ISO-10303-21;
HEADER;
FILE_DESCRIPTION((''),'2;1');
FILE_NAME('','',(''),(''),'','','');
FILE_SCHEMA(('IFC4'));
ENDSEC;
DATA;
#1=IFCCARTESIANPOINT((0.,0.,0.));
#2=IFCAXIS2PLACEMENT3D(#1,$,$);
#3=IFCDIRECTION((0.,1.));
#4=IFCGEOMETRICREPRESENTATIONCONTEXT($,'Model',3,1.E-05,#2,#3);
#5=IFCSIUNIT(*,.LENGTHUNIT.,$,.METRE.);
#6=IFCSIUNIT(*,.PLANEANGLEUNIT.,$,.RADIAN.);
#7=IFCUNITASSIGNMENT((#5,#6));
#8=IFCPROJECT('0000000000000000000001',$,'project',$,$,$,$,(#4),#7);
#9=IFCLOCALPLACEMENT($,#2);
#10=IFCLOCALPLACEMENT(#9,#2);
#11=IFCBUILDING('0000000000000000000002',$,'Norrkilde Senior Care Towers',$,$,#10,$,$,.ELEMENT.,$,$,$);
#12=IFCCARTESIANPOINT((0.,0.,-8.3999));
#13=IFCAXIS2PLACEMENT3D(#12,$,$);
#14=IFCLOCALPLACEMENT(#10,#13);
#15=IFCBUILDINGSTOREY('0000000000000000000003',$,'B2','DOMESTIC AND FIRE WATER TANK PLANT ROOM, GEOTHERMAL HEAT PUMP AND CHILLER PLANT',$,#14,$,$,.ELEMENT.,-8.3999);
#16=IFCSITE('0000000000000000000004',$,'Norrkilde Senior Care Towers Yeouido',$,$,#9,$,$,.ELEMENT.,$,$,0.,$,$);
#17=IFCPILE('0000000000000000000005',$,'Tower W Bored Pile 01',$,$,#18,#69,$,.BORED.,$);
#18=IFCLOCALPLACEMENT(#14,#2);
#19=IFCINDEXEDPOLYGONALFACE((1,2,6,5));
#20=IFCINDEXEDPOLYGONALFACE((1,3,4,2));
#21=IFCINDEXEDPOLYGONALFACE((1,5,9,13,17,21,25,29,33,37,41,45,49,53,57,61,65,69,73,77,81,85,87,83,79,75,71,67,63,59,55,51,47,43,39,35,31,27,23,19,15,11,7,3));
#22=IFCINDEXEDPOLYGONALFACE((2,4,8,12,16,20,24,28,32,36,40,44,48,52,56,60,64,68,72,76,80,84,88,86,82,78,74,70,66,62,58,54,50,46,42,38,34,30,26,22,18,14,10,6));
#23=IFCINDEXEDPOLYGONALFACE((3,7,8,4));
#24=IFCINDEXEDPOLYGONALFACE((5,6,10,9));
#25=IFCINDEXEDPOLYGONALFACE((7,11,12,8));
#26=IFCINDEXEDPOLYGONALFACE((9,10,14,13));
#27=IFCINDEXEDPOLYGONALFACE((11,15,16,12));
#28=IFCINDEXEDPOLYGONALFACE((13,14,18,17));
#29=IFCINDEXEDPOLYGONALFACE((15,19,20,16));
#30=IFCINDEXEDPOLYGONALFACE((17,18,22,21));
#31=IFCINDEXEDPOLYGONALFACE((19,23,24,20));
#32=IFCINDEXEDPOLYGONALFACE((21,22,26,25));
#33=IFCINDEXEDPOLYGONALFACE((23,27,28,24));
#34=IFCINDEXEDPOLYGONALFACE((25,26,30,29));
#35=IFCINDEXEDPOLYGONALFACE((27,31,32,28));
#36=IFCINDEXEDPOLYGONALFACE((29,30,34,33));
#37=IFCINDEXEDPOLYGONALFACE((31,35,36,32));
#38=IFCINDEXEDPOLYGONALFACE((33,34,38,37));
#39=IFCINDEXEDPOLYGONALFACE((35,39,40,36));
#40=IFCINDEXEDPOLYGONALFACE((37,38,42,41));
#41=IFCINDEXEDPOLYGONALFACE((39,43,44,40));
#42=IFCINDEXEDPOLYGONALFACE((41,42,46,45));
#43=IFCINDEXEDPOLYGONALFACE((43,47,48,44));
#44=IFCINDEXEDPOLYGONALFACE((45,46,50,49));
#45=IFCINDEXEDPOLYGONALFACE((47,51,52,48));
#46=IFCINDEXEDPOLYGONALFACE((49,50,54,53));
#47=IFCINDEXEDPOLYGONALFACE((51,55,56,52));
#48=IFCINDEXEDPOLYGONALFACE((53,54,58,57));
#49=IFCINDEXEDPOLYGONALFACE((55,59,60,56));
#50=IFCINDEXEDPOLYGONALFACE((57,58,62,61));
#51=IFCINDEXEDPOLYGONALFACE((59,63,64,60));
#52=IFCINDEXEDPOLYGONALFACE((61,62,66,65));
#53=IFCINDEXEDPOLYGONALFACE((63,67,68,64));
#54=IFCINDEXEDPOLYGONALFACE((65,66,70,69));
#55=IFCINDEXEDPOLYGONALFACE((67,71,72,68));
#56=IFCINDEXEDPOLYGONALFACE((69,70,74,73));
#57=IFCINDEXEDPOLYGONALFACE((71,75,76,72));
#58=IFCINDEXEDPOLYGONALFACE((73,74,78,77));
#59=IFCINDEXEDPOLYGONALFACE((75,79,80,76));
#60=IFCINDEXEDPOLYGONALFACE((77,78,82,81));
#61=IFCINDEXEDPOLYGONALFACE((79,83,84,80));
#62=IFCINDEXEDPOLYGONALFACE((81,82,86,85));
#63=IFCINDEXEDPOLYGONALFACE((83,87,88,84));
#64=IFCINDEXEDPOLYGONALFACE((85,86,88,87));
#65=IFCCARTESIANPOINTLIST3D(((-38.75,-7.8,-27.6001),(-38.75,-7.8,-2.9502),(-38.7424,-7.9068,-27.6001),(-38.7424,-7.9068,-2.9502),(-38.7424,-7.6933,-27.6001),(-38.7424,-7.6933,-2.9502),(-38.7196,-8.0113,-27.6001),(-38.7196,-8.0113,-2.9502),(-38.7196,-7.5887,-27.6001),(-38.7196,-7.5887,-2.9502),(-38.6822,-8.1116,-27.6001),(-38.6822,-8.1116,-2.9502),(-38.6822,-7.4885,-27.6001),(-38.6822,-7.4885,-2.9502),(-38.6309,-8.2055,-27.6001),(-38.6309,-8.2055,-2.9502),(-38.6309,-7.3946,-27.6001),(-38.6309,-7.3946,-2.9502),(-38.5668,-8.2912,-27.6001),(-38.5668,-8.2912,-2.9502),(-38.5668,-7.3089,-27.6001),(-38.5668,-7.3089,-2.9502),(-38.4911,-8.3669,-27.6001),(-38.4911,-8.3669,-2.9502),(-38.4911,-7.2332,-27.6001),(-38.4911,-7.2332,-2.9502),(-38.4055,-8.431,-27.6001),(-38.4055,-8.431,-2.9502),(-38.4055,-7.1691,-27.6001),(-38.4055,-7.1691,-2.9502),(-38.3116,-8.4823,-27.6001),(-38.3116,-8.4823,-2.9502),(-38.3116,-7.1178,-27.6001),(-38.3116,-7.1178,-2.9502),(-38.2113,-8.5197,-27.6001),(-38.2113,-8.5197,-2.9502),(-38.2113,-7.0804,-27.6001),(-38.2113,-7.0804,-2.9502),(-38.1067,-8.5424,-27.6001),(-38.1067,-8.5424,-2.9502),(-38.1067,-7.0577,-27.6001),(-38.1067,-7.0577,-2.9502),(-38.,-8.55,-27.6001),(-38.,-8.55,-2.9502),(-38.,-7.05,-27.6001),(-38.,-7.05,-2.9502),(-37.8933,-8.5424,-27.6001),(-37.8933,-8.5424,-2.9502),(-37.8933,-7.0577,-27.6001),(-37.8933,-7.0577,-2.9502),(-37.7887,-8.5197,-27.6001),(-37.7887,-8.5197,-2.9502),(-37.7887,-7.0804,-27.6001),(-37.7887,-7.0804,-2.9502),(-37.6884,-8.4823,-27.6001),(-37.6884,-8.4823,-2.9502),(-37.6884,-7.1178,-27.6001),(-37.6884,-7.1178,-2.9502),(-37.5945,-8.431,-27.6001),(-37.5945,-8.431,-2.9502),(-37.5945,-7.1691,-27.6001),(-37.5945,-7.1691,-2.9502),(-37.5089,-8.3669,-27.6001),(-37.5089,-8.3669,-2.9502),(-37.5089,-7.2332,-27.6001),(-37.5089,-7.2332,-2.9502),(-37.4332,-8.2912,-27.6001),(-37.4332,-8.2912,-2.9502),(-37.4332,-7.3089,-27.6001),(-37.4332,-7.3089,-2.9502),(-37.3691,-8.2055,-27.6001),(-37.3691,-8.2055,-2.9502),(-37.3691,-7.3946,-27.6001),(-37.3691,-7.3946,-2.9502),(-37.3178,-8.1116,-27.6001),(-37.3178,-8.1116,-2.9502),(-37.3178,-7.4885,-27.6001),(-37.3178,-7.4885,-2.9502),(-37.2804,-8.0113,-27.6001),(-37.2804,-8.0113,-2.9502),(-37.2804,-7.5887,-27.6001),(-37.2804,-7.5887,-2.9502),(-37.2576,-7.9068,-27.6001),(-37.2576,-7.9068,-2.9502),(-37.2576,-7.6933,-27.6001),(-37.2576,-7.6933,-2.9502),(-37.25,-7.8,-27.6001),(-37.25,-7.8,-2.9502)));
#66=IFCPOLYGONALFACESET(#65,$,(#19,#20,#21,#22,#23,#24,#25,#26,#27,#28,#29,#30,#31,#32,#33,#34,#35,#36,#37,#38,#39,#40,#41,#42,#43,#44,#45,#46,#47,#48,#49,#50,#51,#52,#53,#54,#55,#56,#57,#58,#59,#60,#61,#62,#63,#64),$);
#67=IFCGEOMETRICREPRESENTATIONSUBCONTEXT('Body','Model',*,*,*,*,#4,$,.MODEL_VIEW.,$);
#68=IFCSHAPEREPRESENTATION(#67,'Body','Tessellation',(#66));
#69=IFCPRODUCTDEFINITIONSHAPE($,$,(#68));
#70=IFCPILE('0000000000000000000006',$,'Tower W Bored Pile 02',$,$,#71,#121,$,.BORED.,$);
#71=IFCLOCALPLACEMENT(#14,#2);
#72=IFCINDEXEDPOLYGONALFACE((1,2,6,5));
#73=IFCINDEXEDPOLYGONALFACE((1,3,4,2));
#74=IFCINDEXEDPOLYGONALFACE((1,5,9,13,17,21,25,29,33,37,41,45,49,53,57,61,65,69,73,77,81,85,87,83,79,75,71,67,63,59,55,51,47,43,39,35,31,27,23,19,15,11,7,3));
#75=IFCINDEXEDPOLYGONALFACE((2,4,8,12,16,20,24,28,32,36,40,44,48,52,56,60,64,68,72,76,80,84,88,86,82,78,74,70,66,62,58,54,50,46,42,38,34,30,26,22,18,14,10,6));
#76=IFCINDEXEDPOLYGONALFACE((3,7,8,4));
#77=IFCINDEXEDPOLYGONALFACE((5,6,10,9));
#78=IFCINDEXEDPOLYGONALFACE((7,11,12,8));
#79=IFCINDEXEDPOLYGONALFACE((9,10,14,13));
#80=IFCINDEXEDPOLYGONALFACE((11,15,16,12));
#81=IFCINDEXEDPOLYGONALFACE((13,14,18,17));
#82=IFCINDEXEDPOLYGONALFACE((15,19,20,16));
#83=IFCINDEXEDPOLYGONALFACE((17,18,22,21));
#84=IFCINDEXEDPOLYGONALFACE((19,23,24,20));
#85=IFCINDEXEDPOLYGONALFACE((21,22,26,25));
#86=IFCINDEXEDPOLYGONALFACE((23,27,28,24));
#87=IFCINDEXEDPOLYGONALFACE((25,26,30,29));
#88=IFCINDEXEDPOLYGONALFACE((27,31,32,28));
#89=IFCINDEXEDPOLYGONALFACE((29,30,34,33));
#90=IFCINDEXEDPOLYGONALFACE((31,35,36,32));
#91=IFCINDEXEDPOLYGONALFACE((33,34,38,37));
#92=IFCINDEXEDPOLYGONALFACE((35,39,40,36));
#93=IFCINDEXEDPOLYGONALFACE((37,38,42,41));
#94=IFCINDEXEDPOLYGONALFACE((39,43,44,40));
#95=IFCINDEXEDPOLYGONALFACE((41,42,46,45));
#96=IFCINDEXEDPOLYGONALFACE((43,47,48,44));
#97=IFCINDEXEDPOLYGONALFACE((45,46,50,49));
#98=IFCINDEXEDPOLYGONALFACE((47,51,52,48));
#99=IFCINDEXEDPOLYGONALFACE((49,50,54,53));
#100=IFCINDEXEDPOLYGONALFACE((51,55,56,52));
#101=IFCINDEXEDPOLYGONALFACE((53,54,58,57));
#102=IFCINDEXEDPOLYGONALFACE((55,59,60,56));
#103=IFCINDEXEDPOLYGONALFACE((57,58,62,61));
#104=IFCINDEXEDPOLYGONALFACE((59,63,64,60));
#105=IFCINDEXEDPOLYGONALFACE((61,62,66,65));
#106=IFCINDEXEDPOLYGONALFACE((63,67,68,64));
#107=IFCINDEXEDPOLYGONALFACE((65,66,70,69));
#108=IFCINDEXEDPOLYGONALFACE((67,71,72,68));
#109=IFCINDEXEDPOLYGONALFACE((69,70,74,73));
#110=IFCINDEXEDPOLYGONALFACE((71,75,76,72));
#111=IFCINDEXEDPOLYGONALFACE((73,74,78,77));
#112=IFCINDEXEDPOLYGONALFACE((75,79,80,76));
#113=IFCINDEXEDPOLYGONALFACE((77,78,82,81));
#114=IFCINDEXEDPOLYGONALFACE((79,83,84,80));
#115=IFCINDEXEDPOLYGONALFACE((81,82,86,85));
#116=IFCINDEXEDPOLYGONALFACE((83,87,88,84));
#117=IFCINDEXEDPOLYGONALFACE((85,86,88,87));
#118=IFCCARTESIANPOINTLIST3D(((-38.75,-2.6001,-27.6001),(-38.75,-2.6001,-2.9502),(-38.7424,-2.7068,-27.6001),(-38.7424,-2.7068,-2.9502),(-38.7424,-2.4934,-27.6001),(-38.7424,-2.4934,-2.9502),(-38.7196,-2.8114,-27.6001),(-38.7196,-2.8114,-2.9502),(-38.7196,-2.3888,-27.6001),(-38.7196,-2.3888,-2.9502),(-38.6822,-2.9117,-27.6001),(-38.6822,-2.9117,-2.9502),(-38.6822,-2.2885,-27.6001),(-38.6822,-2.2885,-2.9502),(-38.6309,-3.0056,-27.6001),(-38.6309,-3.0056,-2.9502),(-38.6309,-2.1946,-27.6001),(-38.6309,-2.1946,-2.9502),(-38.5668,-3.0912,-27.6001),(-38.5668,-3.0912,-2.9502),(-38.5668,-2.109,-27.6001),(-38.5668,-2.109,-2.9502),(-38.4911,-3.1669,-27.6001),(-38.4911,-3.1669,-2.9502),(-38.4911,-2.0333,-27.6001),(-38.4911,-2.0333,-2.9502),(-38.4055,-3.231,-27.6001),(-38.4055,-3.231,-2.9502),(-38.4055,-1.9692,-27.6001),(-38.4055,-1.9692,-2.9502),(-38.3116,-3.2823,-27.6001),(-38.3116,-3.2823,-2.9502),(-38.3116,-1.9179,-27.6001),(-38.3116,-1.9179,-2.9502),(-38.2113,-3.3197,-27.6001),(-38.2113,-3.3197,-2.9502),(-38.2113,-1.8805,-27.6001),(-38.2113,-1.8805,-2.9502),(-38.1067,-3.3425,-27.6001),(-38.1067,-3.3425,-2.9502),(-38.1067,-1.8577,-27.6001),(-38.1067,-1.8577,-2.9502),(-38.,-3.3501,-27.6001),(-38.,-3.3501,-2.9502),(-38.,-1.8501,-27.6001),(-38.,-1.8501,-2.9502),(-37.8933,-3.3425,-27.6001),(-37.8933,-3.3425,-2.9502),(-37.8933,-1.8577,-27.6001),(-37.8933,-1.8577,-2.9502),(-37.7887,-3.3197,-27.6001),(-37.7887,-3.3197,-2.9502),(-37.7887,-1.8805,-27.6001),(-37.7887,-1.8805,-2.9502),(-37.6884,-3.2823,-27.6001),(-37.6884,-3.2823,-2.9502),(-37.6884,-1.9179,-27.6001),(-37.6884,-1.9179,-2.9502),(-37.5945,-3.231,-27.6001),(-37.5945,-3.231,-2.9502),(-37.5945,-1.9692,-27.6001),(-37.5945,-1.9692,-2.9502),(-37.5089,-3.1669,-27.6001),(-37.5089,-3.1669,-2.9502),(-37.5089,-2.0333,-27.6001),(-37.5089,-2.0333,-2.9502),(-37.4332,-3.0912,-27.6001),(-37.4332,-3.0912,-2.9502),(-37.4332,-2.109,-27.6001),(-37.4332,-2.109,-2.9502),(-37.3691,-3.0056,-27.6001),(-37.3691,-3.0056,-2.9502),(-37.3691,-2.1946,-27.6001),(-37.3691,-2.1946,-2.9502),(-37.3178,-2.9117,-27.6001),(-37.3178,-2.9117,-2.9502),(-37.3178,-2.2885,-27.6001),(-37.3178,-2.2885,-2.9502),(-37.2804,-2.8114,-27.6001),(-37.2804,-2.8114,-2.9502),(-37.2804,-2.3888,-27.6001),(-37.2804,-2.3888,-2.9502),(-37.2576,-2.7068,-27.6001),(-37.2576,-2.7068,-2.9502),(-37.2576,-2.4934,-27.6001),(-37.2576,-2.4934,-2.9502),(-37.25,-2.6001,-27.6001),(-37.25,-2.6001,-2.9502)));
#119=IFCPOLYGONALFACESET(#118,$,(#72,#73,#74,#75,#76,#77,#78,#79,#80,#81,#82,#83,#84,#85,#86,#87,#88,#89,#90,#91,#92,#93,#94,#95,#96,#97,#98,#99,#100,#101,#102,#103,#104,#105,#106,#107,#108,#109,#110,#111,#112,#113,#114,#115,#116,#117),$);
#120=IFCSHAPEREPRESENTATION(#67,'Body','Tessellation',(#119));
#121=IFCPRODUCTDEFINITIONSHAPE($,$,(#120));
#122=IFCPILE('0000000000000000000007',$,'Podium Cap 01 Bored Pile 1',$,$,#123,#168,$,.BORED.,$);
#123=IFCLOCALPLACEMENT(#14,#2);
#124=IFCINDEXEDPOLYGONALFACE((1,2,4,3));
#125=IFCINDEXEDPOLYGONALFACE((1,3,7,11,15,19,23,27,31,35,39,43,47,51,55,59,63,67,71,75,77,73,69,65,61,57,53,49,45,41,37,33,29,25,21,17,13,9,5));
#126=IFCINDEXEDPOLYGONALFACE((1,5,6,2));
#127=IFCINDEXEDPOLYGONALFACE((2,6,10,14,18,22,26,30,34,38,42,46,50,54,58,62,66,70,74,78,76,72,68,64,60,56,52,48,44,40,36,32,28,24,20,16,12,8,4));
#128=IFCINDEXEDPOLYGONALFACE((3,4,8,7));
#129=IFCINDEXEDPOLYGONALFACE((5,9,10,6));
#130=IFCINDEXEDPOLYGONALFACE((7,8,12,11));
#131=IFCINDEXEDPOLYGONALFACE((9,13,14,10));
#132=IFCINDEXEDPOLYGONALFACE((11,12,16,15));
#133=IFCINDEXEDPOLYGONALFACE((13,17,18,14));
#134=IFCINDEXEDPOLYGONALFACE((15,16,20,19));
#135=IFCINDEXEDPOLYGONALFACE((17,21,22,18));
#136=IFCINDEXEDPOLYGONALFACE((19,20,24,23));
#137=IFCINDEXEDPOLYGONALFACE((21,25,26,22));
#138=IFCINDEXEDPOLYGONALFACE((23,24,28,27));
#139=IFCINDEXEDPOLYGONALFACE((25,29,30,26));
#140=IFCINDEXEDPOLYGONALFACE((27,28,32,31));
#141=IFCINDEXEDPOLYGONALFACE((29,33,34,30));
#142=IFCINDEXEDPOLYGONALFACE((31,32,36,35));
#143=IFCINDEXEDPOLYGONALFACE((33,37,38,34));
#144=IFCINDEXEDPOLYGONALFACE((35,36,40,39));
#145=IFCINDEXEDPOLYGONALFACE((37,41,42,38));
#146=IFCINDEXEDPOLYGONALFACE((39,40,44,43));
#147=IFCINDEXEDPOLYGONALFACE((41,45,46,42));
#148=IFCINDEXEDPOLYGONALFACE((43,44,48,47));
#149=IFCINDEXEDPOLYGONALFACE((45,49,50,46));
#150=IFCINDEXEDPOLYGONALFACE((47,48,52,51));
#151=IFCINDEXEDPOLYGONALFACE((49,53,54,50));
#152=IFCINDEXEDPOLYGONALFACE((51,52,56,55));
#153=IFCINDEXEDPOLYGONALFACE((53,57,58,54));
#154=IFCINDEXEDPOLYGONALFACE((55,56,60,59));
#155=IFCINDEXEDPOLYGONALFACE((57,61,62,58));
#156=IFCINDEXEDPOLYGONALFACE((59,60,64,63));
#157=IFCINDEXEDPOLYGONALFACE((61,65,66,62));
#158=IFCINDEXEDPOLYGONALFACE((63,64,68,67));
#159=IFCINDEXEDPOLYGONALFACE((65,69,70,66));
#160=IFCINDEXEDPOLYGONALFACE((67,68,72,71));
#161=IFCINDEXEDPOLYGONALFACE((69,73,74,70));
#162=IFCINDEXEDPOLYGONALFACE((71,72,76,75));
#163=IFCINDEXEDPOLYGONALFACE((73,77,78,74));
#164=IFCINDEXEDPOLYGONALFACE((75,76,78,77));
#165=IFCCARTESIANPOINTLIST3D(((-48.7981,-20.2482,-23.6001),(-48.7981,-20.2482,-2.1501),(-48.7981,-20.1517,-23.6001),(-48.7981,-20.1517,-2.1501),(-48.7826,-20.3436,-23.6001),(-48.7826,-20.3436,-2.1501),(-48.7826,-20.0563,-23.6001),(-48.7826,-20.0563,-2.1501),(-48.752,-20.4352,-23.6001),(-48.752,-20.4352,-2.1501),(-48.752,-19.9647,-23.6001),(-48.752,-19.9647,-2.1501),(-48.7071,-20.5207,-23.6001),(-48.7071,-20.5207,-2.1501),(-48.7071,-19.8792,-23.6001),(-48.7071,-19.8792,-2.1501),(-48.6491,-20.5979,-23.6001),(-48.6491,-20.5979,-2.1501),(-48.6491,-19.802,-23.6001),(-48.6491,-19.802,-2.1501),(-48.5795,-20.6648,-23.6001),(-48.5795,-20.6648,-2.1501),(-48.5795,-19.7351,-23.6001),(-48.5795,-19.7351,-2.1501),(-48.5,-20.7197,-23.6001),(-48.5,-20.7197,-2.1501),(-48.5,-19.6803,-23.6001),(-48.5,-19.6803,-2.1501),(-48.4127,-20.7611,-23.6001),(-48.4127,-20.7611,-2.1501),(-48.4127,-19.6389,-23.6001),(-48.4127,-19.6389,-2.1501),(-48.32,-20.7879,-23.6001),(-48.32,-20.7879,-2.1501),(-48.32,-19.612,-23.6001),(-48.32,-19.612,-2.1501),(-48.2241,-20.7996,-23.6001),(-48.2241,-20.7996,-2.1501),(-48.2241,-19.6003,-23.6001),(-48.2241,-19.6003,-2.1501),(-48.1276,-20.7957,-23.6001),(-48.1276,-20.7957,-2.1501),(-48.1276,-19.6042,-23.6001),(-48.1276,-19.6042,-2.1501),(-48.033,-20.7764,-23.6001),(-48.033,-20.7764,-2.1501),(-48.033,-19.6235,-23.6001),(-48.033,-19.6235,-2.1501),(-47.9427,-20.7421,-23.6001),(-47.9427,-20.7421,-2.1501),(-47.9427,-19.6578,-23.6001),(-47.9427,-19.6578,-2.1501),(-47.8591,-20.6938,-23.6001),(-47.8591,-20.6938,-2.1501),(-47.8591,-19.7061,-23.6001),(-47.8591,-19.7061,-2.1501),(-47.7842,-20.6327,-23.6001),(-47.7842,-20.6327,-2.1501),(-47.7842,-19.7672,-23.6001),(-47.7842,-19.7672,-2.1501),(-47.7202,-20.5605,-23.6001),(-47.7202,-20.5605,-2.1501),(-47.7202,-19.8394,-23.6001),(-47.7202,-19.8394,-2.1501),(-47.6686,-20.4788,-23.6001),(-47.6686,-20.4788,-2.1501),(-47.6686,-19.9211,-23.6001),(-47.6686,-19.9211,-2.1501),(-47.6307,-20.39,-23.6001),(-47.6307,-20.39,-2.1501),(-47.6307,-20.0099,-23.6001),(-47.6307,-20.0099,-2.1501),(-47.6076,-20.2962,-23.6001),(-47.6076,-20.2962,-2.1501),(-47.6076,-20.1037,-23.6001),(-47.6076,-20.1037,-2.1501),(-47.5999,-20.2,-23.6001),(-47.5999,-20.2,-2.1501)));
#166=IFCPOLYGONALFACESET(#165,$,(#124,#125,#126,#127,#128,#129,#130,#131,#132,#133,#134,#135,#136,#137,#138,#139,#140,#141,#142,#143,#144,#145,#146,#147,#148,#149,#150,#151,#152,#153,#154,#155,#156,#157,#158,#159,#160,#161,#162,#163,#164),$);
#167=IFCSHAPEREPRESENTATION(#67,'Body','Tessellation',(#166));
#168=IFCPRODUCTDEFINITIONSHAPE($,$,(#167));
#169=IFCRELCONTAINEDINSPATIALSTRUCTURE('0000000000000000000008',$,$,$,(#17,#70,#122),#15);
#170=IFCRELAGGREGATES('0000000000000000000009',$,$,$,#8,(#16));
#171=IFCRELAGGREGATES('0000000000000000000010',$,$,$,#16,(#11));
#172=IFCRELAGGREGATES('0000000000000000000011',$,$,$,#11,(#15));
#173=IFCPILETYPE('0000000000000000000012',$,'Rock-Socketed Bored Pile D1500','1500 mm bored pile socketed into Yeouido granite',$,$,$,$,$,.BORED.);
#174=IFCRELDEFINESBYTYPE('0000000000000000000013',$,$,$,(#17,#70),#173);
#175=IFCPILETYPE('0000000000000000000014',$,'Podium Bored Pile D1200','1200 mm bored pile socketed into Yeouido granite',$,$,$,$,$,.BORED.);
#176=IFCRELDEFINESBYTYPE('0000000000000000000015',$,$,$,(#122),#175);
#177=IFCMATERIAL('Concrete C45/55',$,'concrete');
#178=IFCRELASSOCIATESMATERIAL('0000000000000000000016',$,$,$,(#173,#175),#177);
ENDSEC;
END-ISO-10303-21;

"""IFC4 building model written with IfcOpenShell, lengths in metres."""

from ifc_helpers import new_model, si_unit, direction, frame, origin, origin_2d, place, context, subcontext, project, spatial, circle, extrude, source, transform, mapped, material, material_profile, profile_set, type_object, type_shapes, element, save


model = new_model("IFC4")

# Units and contexts
model_context = context("Model", 3, precision=1e-05, world=origin(), true_north=direction((0.0, 1.0)))
body_context = subcontext(model_context, "Body", "Model", "MODEL_VIEW")
ifc_project = project(units=[si_unit("LENGTHUNIT", "METRE"), si_unit("PLANEANGLEUNIT", "RADIAN")], contexts=[model_context])

# Site, building, storey
site_placement = place(None, origin())
site = spatial("IfcSite", under=ifc_project, at=site_placement, Name="Norrkilde Senior Care Towers Yeouido", CompositionType="ELEMENT", RefElevation=0.0)
building_placement = place(site_placement, origin())
building = spatial("IfcBuilding", under=site, at=building_placement, Name="Norrkilde Senior Care Towers", CompositionType="ELEMENT")
storey_placement = place(building_placement, frame((0.0, 0.0, -8.3999)))
storey = spatial("IfcBuildingStorey", under=building, at=storey_placement, Name="B2", Description="DOMESTIC AND FIRE WATER TANK PLANT ROOM, GEOTHERMAL HEAT PUMP AND CHILLER PLANT", CompositionType="ELEMENT", Elevation=-8.3999)

# Piles
ifc_material_1 = material(Name="Concrete C45/55", Category="concrete")
ifc_material_profile_1 = material_profile(ifc_material_1, circle(Radius=0.75, at=origin_2d()), Name="BORED PILE 1500")
ifc_profile_set_1 = profile_set([ifc_material_profile_1], Name="Concrete C45/55")
pile_type_1 = type_object("IfcPileType", Name="Rock-Socketed Bored Pile D1500", Description="1500 mm bored pile socketed into Yeouido granite", PredefinedType="BORED", material=ifc_profile_set_1)
shared_shape_1 = source(origin(), body_context, "Body", "SweptSolid", [
    extrude(circle(Radius=0.75, at=origin_2d()), origin(), (0.0, 0.0, 1.0), 24.6499),
])
type_shapes(pile_type_1, [shared_shape_1])
for number, where, z_axis, x_axis, name in (
    (1, (-38.0, -7.8, -2.9502), (0.0, 0.0, -1.0), (1.0, 0.0, 0.0), "Tower W Bored Pile 01"),
    (2, (-38.0, -2.6001, -2.9502), (0.0, 0.0, -1.0), (1.0, 0.0, 0.0), "Tower W Bored Pile 02"),
):
    element("IfcPile", number, at=place(storey_placement, frame(where, z_axis=z_axis, x_axis=x_axis)), inside=storey, type_object=pile_type_1, Name=name, PredefinedType="BORED", context=body_context, shape_type="MappedRepresentation", body=[
        mapped(shared_shape_1, transform((0.0, 0.0, 0.0), x_axis=(1.0, 0.0, 0.0), y_axis=(0.0, 1.0, 0.0), z_axis=(0.0, 0.0, 1.0), scale=1.0)),
    ])
ifc_material_profile_2 = material_profile(ifc_material_1, circle(Radius=0.6001, at=origin_2d()), Name="BORED PILE 1200")
ifc_profile_set_2 = profile_set([ifc_material_profile_2], Name="Concrete C45/55")
pile_type_2 = type_object("IfcPileType", Name="Podium Bored Pile D1200", Description="1200 mm bored pile socketed into Yeouido granite", PredefinedType="BORED", material=ifc_profile_set_2)
shared_shape_2 = source(origin(), body_context, "Body", "SweptSolid", [
    extrude(circle(Radius=0.6001, at=origin_2d()), origin(), (0.0, 0.0, 1.0), 21.45),
])
for number, where, z_axis, x_axis, name in (
    (3, (-48.2, -20.2, -2.1501), (0.0, 0.0, -1.0), (1.0, 0.0, 0.0), "Podium Cap 01 Bored Pile 1"),
):
    element("IfcPile", number, at=place(storey_placement, frame(where, z_axis=z_axis, x_axis=x_axis)), inside=storey, type_object=pile_type_2, Name=name, PredefinedType="BORED", context=body_context, shape_type="MappedRepresentation", body=[
        mapped(shared_shape_2, transform((0.0, 0.0, 0.0), x_axis=(1.0, 0.0, 0.0), y_axis=(0.0, 1.0, 0.0), z_axis=(0.0, 0.0, 1.0), scale=1.0)),
    ])

save(model, "model.ifc")
